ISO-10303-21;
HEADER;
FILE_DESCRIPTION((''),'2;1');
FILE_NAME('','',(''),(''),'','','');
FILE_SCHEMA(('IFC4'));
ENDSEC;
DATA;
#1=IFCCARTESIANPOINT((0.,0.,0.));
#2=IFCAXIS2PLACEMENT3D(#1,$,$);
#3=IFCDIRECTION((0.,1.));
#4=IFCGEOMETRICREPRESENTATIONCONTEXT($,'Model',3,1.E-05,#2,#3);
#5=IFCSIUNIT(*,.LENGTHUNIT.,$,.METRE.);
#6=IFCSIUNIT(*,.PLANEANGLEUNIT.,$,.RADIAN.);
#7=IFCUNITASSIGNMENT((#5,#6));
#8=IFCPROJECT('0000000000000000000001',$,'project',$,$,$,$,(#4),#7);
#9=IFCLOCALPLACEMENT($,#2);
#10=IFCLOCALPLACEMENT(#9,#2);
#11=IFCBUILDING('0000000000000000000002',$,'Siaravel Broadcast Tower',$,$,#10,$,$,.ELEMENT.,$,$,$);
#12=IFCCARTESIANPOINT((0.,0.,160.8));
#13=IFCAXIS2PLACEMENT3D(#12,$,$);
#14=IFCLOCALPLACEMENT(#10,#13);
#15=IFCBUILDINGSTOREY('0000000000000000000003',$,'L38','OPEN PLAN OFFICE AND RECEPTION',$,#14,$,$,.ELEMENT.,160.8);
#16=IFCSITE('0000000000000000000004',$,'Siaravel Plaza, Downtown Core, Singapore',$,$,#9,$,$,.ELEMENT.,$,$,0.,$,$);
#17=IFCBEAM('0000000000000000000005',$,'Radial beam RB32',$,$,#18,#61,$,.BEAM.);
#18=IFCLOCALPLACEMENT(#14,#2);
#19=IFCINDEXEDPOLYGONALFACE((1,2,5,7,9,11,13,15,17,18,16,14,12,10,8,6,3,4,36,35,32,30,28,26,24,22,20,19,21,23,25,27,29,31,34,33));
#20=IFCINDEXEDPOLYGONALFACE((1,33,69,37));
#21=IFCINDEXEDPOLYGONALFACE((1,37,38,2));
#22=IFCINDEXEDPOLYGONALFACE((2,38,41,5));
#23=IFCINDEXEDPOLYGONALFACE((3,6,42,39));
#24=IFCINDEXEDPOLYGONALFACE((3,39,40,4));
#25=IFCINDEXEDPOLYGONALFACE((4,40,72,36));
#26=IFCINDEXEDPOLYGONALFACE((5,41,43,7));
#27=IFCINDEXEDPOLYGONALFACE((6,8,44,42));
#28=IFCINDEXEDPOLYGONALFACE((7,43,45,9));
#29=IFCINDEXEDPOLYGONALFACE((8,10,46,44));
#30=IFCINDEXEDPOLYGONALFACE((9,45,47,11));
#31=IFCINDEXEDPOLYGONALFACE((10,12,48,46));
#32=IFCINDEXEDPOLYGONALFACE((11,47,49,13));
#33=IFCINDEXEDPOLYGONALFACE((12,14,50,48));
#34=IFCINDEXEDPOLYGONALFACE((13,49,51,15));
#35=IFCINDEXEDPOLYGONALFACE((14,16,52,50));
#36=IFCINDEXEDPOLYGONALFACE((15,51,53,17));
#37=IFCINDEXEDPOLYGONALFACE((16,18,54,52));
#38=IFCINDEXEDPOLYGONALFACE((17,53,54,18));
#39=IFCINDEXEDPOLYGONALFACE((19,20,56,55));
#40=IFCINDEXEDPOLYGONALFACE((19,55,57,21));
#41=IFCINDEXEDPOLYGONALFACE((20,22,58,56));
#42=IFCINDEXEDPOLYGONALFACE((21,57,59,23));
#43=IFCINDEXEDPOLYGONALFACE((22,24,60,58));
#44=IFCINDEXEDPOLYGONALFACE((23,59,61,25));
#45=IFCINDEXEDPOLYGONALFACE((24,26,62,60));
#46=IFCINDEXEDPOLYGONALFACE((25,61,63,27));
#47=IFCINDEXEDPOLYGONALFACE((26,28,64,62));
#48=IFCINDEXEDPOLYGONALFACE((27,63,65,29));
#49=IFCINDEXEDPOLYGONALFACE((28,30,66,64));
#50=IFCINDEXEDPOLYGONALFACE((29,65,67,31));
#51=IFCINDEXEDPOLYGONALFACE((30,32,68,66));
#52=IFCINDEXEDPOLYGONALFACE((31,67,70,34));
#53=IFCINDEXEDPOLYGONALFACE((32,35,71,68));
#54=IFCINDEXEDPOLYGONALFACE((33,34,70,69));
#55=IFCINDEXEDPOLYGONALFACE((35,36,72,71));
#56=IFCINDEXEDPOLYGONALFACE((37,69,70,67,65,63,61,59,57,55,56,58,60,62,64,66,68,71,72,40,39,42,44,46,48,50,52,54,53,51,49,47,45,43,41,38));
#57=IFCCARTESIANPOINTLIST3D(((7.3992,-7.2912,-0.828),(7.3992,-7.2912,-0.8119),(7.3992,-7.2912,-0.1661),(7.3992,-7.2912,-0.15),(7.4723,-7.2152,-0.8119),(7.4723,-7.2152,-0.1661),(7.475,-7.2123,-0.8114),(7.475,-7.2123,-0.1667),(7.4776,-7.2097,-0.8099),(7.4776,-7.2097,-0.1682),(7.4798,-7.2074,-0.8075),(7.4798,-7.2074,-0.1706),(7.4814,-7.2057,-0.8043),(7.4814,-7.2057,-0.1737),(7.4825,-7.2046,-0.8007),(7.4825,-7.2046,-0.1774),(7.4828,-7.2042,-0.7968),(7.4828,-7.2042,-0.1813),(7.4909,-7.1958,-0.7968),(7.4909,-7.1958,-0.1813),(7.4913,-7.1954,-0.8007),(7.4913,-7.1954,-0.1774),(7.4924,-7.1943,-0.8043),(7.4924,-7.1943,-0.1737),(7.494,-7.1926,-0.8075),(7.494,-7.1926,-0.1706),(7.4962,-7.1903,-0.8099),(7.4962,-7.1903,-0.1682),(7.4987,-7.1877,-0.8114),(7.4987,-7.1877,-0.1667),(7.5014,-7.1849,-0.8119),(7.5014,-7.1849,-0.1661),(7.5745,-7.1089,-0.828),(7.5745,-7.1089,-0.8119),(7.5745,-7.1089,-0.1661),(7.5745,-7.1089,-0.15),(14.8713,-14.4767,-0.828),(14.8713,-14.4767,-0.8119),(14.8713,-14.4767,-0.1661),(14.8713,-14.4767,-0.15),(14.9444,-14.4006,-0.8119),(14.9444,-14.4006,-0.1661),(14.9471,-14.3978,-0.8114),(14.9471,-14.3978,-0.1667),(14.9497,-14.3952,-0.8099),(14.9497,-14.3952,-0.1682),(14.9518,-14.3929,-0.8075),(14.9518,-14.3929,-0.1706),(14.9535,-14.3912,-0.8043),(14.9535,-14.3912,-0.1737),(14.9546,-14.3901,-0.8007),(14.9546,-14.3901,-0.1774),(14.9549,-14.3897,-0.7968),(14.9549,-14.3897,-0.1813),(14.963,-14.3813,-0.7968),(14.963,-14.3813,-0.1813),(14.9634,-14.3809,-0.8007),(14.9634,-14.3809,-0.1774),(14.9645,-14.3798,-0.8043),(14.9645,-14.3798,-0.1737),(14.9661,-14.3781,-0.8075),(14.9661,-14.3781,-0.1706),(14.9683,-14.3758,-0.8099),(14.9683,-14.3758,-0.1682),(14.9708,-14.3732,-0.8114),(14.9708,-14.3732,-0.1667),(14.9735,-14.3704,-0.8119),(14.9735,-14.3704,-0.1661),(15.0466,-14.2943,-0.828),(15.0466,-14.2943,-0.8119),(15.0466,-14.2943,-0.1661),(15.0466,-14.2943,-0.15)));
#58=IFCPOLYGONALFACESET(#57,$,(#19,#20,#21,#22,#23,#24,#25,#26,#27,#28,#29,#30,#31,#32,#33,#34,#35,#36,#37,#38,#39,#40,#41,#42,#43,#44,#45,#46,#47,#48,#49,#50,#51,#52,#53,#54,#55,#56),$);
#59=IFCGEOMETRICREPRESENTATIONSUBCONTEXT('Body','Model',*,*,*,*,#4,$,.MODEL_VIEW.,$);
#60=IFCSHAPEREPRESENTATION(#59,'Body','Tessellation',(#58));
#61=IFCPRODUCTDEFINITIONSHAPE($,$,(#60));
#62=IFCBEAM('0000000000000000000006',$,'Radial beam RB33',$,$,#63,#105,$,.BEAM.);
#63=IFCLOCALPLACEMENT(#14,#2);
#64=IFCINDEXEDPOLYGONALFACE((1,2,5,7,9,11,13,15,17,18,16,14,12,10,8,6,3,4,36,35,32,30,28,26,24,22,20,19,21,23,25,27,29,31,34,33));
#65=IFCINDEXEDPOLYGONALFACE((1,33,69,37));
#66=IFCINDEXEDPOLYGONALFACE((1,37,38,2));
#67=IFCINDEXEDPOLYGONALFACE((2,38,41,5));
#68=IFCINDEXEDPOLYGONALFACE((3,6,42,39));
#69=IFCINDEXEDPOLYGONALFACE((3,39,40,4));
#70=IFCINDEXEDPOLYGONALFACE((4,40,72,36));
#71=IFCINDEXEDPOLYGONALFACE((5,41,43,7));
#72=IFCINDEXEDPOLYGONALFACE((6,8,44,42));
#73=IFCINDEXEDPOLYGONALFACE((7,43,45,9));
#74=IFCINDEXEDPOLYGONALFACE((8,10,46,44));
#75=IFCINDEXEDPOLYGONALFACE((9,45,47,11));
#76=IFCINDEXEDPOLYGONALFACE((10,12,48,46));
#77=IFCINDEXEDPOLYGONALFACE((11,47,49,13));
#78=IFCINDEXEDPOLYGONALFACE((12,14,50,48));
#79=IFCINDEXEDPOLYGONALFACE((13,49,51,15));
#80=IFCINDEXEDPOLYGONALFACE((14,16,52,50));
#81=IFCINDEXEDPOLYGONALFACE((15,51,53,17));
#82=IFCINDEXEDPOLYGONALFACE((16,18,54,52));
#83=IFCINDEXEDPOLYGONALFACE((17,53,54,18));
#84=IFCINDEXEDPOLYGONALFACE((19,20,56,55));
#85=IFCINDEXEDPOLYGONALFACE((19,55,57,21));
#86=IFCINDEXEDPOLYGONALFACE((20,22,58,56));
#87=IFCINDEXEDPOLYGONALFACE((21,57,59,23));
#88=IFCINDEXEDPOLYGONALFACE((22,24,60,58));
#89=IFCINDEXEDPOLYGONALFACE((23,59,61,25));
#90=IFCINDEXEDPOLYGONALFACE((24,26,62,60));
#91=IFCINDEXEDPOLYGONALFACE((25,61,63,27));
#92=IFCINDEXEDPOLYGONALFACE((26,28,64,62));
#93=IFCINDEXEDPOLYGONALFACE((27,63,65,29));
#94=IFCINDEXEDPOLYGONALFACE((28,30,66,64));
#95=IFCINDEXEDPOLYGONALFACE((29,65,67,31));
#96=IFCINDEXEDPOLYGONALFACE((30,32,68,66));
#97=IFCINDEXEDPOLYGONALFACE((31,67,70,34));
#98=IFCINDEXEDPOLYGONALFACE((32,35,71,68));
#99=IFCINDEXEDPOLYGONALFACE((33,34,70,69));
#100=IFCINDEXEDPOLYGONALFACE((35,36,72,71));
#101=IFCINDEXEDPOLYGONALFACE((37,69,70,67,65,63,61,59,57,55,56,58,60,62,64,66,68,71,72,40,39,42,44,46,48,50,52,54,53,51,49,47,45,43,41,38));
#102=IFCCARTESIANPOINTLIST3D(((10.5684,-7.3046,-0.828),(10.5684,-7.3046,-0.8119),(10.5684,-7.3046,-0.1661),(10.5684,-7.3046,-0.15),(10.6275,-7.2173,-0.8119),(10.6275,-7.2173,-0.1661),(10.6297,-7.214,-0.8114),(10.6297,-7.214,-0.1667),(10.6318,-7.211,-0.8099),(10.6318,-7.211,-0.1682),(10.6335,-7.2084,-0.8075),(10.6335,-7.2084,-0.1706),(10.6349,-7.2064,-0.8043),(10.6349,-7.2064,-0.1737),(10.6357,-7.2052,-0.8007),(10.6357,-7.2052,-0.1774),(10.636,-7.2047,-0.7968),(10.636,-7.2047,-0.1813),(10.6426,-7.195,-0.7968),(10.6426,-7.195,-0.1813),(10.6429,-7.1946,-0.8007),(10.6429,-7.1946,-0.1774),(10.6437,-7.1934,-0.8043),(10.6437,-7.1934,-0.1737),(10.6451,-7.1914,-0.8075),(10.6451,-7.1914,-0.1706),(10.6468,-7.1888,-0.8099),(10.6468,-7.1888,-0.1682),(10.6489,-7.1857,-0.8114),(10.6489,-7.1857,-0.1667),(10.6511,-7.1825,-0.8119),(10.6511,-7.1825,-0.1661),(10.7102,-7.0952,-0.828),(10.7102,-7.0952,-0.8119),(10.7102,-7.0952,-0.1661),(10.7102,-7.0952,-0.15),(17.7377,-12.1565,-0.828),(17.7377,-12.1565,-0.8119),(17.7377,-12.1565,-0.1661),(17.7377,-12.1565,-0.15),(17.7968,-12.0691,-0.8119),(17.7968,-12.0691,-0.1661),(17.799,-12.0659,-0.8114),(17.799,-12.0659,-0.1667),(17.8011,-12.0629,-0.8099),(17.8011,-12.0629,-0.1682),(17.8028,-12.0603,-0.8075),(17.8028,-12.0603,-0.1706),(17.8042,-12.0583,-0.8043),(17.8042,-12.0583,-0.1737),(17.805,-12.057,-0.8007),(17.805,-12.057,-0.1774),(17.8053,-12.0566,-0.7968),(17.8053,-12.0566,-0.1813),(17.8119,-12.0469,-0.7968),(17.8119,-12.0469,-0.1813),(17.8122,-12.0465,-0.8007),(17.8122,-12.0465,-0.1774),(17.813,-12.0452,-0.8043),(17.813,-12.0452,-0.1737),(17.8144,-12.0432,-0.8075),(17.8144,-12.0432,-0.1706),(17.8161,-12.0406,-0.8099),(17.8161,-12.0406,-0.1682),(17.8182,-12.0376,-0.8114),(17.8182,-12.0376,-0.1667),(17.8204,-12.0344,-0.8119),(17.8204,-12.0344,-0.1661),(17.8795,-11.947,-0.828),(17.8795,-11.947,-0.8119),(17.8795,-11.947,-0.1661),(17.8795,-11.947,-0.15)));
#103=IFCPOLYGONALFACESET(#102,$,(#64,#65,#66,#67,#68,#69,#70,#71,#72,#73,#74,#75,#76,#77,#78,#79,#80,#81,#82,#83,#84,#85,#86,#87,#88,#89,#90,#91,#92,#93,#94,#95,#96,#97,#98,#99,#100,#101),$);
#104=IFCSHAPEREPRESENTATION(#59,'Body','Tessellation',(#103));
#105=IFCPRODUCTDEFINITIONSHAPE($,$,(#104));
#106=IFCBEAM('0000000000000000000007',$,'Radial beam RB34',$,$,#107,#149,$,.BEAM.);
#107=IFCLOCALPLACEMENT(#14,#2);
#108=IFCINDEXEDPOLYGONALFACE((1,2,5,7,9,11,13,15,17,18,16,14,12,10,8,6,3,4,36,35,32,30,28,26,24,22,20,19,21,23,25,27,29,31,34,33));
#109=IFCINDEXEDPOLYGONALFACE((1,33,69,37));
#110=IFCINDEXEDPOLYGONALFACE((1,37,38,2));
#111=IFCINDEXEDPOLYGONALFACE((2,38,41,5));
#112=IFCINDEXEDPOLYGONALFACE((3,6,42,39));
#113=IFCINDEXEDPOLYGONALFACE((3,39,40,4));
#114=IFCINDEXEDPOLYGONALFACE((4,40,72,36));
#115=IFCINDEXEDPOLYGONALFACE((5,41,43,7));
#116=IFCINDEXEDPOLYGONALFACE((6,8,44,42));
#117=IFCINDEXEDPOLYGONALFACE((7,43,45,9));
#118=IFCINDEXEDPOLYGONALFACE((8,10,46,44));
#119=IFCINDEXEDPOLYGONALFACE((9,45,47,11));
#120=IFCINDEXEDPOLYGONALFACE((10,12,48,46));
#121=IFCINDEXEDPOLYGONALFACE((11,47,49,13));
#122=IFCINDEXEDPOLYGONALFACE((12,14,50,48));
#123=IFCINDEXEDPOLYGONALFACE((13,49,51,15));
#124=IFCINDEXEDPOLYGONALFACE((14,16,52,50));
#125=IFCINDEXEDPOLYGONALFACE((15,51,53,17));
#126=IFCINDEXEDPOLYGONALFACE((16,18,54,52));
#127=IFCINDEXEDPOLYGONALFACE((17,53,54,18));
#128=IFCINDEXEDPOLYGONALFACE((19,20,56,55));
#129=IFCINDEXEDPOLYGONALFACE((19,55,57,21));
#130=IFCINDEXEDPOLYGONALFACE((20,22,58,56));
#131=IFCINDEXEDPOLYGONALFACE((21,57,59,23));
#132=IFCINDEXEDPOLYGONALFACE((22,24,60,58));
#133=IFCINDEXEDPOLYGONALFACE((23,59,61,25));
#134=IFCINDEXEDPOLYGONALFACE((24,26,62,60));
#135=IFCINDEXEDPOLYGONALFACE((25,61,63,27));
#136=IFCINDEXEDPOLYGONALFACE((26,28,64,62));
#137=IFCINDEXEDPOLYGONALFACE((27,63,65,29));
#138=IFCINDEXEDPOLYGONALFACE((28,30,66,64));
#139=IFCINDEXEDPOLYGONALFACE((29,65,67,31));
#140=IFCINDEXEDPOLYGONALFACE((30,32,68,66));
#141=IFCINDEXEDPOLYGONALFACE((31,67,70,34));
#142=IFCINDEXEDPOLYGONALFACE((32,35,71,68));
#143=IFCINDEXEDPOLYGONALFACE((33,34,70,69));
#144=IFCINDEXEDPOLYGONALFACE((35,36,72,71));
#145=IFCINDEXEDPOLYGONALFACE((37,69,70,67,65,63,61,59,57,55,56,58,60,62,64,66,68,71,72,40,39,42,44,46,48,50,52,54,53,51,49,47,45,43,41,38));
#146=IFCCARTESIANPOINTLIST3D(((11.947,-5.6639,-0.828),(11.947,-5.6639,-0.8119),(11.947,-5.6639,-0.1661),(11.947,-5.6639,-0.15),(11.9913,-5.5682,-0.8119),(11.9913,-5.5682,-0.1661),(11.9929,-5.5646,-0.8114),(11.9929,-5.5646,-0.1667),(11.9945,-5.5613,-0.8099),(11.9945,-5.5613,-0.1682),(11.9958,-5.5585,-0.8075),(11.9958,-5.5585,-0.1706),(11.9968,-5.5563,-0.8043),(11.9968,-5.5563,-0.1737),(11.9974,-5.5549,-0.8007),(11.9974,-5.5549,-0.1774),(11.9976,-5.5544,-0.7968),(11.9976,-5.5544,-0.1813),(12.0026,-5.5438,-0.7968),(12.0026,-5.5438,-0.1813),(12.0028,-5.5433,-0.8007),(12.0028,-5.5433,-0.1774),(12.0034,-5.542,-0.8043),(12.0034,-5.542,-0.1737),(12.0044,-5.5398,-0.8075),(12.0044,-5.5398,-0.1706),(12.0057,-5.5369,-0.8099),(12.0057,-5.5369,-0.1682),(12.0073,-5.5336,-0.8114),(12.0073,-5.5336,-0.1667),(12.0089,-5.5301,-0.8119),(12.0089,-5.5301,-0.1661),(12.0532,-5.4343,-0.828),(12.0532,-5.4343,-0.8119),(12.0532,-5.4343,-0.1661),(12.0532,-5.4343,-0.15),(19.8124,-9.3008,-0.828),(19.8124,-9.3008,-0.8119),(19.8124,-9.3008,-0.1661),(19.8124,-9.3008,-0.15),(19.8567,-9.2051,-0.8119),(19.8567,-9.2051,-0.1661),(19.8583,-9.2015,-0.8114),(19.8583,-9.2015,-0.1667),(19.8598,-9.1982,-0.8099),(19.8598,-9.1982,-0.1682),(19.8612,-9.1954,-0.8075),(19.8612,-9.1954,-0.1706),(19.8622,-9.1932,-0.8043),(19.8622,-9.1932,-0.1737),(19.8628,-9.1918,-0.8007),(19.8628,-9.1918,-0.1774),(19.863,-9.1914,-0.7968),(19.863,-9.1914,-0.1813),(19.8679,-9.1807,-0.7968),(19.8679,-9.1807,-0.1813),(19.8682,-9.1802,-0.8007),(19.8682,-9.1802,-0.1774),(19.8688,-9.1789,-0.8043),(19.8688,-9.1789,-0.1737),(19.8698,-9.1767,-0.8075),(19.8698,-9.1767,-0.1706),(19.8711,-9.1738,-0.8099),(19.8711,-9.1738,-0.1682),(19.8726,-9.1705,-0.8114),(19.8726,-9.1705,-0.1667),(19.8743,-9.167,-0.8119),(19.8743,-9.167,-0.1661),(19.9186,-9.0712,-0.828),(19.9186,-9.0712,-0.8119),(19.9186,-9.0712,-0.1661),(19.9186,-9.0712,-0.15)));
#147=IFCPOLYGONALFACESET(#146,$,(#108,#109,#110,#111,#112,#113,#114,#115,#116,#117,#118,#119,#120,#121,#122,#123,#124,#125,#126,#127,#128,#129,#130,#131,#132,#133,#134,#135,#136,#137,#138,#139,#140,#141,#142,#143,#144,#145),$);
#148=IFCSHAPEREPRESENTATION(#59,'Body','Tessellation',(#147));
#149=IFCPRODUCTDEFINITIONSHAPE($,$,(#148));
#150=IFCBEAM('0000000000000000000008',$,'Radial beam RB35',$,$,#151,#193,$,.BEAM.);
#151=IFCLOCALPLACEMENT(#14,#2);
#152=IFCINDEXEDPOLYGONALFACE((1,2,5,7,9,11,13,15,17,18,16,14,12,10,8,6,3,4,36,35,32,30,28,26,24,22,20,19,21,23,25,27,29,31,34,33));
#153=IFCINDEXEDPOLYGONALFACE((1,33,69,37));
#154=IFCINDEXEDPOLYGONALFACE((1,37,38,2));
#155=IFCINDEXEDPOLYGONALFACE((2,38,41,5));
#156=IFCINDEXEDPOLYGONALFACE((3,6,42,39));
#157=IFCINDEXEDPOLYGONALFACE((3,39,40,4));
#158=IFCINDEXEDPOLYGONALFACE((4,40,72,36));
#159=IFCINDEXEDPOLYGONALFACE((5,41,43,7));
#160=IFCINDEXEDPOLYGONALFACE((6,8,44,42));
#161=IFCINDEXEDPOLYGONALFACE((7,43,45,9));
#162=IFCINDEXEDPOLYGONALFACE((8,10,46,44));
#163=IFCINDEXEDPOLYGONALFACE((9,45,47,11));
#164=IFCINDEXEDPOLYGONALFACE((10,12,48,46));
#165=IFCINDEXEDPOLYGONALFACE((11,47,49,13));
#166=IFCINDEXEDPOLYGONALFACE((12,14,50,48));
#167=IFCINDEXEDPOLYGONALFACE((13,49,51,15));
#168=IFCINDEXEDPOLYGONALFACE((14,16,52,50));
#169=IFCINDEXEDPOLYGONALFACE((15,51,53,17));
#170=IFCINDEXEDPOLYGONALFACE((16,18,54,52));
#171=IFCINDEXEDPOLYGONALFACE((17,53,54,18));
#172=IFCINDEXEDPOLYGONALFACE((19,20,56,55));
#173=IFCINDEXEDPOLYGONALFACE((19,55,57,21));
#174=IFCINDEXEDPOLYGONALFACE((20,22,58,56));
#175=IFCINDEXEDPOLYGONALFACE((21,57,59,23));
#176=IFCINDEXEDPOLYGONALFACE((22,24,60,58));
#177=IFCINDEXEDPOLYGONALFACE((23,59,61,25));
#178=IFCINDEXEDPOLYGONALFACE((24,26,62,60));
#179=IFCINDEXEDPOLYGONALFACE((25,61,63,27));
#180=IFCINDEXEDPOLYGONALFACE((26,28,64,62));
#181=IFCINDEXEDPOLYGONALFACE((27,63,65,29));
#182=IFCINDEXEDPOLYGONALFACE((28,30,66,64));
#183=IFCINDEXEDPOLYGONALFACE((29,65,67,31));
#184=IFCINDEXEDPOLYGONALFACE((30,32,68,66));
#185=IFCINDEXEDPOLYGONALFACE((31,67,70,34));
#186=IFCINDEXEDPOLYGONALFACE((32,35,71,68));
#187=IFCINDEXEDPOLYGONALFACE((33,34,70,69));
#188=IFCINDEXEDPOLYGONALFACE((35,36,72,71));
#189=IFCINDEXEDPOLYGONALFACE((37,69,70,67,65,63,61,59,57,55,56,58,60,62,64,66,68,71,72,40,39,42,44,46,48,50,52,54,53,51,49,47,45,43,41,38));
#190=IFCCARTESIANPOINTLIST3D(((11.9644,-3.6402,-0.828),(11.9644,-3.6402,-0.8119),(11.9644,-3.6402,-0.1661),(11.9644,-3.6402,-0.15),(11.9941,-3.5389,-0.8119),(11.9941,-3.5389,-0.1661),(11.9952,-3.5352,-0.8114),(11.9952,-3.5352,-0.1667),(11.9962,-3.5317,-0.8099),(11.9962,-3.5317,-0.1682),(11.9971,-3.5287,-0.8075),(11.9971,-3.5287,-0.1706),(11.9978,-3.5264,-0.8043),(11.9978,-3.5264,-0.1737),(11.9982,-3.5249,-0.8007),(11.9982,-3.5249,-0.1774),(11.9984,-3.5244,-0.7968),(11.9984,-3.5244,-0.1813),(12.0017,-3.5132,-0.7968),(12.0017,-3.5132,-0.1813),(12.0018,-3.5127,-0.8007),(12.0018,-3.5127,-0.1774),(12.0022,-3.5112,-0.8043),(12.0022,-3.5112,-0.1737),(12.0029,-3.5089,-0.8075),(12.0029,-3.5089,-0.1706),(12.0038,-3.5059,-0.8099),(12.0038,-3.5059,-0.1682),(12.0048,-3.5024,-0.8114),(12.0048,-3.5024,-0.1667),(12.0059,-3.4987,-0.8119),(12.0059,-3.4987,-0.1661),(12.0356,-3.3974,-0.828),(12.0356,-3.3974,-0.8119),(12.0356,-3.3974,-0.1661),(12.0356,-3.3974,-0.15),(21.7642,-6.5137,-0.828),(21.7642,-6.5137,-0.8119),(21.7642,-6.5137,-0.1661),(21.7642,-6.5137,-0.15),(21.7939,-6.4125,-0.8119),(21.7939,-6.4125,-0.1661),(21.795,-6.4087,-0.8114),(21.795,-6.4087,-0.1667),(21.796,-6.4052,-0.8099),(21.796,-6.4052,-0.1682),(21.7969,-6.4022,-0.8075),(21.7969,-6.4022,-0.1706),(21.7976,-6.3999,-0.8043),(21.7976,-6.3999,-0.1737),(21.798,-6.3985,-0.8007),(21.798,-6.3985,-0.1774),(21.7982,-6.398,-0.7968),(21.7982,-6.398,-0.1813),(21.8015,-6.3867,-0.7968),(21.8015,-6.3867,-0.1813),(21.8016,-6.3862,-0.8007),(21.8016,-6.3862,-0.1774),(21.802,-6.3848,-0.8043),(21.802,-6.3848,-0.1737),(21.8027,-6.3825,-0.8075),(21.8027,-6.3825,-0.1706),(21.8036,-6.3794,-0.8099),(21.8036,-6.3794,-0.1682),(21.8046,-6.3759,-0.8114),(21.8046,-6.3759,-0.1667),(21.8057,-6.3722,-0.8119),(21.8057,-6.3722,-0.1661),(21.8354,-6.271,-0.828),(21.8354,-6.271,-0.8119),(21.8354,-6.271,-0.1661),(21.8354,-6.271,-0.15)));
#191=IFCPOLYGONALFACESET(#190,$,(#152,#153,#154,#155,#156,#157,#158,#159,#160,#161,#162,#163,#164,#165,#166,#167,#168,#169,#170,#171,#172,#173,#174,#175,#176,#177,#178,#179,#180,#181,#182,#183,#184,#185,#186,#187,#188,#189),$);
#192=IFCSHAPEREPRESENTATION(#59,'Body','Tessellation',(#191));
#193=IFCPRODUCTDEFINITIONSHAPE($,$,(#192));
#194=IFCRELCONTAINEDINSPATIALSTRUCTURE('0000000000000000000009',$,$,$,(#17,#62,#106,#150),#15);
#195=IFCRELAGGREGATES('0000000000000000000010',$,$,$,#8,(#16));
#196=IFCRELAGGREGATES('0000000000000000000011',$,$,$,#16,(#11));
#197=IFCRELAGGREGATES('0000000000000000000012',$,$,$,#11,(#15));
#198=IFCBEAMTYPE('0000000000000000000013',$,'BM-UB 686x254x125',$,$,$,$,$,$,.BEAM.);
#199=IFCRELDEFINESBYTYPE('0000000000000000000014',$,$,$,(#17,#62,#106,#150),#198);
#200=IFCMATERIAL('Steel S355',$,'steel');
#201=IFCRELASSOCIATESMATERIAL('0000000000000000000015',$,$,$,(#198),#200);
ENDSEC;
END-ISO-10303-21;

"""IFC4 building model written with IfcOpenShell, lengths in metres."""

from ifc_helpers import new_model, si_unit, direction, frame, origin, origin_2d, place, context, subcontext, project, spatial, i_section, extrude, material, material_profile, profile_set, type_object, element, save


model = new_model("IFC4")

# Units and contexts
model_context = context("Model", 3, precision=1e-05, world=origin(), true_north=direction((0.0, 1.0)))
body_context = subcontext(model_context, "Body", "Model", "MODEL_VIEW")
ifc_project = project(units=[si_unit("LENGTHUNIT", "METRE"), si_unit("PLANEANGLEUNIT", "RADIAN")], contexts=[model_context])

# Site, building, storey
site_placement = place(None, origin())
site = spatial("IfcSite", under=ifc_project, at=site_placement, Name="Siaravel Plaza, Downtown Core, Singapore", CompositionType="ELEMENT", RefElevation=0.0)
building_placement = place(site_placement, origin())
building = spatial("IfcBuilding", under=site, at=building_placement, Name="Siaravel Broadcast Tower", CompositionType="ELEMENT")
storey_placement = place(building_placement, frame((0.0, 0.0, 160.8)))
storey = spatial("IfcBuildingStorey", under=building, at=storey_placement, Name="L38", Description="OPEN PLAN OFFICE AND RECEPTION", CompositionType="ELEMENT", Elevation=160.8)

# Beams
ifc_material_1 = material(Name="Steel S355", Category="steel")
ifc_material_profile_1 = material_profile(ifc_material_1, i_section(OverallWidth=0.2529, OverallDepth=0.678, WebThickness=0.0117, FlangeThickness=0.0161, FilletRadius=0.0151, at=origin_2d()))
ifc_profile_set_1 = profile_set([ifc_material_profile_1], Name="Steel S355")
beam_type = type_object("IfcBeamType", Name="BM-UB 686x254x125", PredefinedType="BEAM", material=ifc_profile_set_1)
beam_1_placement = place(storey_placement, frame((14.959, -14.3855, -0.489), z_axis=(-0.720796, 0.693147, 0.0), x_axis=(-0.693147, -0.720796, 0.0)))
element("IfcBeam", 1, at=beam_1_placement, inside=storey, type_object=beam_type, Name="Radial beam RB32", PredefinedType="BEAM", context=body_context, shape_type="SweptSolid", body=[
    extrude(i_section(OverallWidth=0.2529, OverallDepth=0.678, WebThickness=0.0117, FlangeThickness=0.0161, FilletRadius=0.0151, at=origin_2d()), origin(), (0.0, 0.0, 1.0), 10.3665),
])
beam_2_placement = place(storey_placement, frame((17.8086, -12.0518, -0.489), z_axis=(-0.828173, 0.560473, 0.0), x_axis=(-0.560473, -0.828173, 0.0)))
element("IfcBeam", 2, at=beam_2_placement, inside=storey, type_object=beam_type, Name="Radial beam RB33", PredefinedType="BEAM", context=body_context, shape_type="SweptSolid", body=[
    extrude(i_section(OverallWidth=0.2529, OverallDepth=0.678, WebThickness=0.0117, FlangeThickness=0.0161, FilletRadius=0.0151, at=origin_2d()), origin(), (0.0, 0.0, 1.0), 8.6567),
])
beam_3_placement = place(storey_placement, frame((19.8655, -9.186, -0.489), z_axis=(-0.907663, 0.419699, 0.0), x_axis=(-0.419699, -0.907663, 0.0)))
element("IfcBeam", 3, at=beam_3_placement, inside=storey, type_object=beam_type, Name="Radial beam RB34", PredefinedType="BEAM", context=body_context, shape_type="SweptSolid", body=[
    extrude(i_section(OverallWidth=0.2529, OverallDepth=0.678, WebThickness=0.0117, FlangeThickness=0.0161, FilletRadius=0.0151, at=origin_2d()), origin(), (0.0, 0.0, 1.0), 8.6655),
])
beam_4_placement = place(storey_placement, frame((21.7998, -6.3923, -0.489), z_axis=(-0.959597, 0.281377, 0.0), x_axis=(-0.281377, -0.959597, 0.0)))
element("IfcBeam", 4, at=beam_4_placement, inside=storey, type_object=beam_type, Name="Radial beam RB35", PredefinedType="BEAM", context=body_context, shape_type="SweptSolid", body=[
    extrude(i_section(OverallWidth=0.2529, OverallDepth=0.678, WebThickness=0.0117, FlangeThickness=0.0161, FilletRadius=0.0151, at=origin_2d()), origin(), (0.0, 0.0, 1.0), 10.2124),
])

save(model, "model.ifc")
